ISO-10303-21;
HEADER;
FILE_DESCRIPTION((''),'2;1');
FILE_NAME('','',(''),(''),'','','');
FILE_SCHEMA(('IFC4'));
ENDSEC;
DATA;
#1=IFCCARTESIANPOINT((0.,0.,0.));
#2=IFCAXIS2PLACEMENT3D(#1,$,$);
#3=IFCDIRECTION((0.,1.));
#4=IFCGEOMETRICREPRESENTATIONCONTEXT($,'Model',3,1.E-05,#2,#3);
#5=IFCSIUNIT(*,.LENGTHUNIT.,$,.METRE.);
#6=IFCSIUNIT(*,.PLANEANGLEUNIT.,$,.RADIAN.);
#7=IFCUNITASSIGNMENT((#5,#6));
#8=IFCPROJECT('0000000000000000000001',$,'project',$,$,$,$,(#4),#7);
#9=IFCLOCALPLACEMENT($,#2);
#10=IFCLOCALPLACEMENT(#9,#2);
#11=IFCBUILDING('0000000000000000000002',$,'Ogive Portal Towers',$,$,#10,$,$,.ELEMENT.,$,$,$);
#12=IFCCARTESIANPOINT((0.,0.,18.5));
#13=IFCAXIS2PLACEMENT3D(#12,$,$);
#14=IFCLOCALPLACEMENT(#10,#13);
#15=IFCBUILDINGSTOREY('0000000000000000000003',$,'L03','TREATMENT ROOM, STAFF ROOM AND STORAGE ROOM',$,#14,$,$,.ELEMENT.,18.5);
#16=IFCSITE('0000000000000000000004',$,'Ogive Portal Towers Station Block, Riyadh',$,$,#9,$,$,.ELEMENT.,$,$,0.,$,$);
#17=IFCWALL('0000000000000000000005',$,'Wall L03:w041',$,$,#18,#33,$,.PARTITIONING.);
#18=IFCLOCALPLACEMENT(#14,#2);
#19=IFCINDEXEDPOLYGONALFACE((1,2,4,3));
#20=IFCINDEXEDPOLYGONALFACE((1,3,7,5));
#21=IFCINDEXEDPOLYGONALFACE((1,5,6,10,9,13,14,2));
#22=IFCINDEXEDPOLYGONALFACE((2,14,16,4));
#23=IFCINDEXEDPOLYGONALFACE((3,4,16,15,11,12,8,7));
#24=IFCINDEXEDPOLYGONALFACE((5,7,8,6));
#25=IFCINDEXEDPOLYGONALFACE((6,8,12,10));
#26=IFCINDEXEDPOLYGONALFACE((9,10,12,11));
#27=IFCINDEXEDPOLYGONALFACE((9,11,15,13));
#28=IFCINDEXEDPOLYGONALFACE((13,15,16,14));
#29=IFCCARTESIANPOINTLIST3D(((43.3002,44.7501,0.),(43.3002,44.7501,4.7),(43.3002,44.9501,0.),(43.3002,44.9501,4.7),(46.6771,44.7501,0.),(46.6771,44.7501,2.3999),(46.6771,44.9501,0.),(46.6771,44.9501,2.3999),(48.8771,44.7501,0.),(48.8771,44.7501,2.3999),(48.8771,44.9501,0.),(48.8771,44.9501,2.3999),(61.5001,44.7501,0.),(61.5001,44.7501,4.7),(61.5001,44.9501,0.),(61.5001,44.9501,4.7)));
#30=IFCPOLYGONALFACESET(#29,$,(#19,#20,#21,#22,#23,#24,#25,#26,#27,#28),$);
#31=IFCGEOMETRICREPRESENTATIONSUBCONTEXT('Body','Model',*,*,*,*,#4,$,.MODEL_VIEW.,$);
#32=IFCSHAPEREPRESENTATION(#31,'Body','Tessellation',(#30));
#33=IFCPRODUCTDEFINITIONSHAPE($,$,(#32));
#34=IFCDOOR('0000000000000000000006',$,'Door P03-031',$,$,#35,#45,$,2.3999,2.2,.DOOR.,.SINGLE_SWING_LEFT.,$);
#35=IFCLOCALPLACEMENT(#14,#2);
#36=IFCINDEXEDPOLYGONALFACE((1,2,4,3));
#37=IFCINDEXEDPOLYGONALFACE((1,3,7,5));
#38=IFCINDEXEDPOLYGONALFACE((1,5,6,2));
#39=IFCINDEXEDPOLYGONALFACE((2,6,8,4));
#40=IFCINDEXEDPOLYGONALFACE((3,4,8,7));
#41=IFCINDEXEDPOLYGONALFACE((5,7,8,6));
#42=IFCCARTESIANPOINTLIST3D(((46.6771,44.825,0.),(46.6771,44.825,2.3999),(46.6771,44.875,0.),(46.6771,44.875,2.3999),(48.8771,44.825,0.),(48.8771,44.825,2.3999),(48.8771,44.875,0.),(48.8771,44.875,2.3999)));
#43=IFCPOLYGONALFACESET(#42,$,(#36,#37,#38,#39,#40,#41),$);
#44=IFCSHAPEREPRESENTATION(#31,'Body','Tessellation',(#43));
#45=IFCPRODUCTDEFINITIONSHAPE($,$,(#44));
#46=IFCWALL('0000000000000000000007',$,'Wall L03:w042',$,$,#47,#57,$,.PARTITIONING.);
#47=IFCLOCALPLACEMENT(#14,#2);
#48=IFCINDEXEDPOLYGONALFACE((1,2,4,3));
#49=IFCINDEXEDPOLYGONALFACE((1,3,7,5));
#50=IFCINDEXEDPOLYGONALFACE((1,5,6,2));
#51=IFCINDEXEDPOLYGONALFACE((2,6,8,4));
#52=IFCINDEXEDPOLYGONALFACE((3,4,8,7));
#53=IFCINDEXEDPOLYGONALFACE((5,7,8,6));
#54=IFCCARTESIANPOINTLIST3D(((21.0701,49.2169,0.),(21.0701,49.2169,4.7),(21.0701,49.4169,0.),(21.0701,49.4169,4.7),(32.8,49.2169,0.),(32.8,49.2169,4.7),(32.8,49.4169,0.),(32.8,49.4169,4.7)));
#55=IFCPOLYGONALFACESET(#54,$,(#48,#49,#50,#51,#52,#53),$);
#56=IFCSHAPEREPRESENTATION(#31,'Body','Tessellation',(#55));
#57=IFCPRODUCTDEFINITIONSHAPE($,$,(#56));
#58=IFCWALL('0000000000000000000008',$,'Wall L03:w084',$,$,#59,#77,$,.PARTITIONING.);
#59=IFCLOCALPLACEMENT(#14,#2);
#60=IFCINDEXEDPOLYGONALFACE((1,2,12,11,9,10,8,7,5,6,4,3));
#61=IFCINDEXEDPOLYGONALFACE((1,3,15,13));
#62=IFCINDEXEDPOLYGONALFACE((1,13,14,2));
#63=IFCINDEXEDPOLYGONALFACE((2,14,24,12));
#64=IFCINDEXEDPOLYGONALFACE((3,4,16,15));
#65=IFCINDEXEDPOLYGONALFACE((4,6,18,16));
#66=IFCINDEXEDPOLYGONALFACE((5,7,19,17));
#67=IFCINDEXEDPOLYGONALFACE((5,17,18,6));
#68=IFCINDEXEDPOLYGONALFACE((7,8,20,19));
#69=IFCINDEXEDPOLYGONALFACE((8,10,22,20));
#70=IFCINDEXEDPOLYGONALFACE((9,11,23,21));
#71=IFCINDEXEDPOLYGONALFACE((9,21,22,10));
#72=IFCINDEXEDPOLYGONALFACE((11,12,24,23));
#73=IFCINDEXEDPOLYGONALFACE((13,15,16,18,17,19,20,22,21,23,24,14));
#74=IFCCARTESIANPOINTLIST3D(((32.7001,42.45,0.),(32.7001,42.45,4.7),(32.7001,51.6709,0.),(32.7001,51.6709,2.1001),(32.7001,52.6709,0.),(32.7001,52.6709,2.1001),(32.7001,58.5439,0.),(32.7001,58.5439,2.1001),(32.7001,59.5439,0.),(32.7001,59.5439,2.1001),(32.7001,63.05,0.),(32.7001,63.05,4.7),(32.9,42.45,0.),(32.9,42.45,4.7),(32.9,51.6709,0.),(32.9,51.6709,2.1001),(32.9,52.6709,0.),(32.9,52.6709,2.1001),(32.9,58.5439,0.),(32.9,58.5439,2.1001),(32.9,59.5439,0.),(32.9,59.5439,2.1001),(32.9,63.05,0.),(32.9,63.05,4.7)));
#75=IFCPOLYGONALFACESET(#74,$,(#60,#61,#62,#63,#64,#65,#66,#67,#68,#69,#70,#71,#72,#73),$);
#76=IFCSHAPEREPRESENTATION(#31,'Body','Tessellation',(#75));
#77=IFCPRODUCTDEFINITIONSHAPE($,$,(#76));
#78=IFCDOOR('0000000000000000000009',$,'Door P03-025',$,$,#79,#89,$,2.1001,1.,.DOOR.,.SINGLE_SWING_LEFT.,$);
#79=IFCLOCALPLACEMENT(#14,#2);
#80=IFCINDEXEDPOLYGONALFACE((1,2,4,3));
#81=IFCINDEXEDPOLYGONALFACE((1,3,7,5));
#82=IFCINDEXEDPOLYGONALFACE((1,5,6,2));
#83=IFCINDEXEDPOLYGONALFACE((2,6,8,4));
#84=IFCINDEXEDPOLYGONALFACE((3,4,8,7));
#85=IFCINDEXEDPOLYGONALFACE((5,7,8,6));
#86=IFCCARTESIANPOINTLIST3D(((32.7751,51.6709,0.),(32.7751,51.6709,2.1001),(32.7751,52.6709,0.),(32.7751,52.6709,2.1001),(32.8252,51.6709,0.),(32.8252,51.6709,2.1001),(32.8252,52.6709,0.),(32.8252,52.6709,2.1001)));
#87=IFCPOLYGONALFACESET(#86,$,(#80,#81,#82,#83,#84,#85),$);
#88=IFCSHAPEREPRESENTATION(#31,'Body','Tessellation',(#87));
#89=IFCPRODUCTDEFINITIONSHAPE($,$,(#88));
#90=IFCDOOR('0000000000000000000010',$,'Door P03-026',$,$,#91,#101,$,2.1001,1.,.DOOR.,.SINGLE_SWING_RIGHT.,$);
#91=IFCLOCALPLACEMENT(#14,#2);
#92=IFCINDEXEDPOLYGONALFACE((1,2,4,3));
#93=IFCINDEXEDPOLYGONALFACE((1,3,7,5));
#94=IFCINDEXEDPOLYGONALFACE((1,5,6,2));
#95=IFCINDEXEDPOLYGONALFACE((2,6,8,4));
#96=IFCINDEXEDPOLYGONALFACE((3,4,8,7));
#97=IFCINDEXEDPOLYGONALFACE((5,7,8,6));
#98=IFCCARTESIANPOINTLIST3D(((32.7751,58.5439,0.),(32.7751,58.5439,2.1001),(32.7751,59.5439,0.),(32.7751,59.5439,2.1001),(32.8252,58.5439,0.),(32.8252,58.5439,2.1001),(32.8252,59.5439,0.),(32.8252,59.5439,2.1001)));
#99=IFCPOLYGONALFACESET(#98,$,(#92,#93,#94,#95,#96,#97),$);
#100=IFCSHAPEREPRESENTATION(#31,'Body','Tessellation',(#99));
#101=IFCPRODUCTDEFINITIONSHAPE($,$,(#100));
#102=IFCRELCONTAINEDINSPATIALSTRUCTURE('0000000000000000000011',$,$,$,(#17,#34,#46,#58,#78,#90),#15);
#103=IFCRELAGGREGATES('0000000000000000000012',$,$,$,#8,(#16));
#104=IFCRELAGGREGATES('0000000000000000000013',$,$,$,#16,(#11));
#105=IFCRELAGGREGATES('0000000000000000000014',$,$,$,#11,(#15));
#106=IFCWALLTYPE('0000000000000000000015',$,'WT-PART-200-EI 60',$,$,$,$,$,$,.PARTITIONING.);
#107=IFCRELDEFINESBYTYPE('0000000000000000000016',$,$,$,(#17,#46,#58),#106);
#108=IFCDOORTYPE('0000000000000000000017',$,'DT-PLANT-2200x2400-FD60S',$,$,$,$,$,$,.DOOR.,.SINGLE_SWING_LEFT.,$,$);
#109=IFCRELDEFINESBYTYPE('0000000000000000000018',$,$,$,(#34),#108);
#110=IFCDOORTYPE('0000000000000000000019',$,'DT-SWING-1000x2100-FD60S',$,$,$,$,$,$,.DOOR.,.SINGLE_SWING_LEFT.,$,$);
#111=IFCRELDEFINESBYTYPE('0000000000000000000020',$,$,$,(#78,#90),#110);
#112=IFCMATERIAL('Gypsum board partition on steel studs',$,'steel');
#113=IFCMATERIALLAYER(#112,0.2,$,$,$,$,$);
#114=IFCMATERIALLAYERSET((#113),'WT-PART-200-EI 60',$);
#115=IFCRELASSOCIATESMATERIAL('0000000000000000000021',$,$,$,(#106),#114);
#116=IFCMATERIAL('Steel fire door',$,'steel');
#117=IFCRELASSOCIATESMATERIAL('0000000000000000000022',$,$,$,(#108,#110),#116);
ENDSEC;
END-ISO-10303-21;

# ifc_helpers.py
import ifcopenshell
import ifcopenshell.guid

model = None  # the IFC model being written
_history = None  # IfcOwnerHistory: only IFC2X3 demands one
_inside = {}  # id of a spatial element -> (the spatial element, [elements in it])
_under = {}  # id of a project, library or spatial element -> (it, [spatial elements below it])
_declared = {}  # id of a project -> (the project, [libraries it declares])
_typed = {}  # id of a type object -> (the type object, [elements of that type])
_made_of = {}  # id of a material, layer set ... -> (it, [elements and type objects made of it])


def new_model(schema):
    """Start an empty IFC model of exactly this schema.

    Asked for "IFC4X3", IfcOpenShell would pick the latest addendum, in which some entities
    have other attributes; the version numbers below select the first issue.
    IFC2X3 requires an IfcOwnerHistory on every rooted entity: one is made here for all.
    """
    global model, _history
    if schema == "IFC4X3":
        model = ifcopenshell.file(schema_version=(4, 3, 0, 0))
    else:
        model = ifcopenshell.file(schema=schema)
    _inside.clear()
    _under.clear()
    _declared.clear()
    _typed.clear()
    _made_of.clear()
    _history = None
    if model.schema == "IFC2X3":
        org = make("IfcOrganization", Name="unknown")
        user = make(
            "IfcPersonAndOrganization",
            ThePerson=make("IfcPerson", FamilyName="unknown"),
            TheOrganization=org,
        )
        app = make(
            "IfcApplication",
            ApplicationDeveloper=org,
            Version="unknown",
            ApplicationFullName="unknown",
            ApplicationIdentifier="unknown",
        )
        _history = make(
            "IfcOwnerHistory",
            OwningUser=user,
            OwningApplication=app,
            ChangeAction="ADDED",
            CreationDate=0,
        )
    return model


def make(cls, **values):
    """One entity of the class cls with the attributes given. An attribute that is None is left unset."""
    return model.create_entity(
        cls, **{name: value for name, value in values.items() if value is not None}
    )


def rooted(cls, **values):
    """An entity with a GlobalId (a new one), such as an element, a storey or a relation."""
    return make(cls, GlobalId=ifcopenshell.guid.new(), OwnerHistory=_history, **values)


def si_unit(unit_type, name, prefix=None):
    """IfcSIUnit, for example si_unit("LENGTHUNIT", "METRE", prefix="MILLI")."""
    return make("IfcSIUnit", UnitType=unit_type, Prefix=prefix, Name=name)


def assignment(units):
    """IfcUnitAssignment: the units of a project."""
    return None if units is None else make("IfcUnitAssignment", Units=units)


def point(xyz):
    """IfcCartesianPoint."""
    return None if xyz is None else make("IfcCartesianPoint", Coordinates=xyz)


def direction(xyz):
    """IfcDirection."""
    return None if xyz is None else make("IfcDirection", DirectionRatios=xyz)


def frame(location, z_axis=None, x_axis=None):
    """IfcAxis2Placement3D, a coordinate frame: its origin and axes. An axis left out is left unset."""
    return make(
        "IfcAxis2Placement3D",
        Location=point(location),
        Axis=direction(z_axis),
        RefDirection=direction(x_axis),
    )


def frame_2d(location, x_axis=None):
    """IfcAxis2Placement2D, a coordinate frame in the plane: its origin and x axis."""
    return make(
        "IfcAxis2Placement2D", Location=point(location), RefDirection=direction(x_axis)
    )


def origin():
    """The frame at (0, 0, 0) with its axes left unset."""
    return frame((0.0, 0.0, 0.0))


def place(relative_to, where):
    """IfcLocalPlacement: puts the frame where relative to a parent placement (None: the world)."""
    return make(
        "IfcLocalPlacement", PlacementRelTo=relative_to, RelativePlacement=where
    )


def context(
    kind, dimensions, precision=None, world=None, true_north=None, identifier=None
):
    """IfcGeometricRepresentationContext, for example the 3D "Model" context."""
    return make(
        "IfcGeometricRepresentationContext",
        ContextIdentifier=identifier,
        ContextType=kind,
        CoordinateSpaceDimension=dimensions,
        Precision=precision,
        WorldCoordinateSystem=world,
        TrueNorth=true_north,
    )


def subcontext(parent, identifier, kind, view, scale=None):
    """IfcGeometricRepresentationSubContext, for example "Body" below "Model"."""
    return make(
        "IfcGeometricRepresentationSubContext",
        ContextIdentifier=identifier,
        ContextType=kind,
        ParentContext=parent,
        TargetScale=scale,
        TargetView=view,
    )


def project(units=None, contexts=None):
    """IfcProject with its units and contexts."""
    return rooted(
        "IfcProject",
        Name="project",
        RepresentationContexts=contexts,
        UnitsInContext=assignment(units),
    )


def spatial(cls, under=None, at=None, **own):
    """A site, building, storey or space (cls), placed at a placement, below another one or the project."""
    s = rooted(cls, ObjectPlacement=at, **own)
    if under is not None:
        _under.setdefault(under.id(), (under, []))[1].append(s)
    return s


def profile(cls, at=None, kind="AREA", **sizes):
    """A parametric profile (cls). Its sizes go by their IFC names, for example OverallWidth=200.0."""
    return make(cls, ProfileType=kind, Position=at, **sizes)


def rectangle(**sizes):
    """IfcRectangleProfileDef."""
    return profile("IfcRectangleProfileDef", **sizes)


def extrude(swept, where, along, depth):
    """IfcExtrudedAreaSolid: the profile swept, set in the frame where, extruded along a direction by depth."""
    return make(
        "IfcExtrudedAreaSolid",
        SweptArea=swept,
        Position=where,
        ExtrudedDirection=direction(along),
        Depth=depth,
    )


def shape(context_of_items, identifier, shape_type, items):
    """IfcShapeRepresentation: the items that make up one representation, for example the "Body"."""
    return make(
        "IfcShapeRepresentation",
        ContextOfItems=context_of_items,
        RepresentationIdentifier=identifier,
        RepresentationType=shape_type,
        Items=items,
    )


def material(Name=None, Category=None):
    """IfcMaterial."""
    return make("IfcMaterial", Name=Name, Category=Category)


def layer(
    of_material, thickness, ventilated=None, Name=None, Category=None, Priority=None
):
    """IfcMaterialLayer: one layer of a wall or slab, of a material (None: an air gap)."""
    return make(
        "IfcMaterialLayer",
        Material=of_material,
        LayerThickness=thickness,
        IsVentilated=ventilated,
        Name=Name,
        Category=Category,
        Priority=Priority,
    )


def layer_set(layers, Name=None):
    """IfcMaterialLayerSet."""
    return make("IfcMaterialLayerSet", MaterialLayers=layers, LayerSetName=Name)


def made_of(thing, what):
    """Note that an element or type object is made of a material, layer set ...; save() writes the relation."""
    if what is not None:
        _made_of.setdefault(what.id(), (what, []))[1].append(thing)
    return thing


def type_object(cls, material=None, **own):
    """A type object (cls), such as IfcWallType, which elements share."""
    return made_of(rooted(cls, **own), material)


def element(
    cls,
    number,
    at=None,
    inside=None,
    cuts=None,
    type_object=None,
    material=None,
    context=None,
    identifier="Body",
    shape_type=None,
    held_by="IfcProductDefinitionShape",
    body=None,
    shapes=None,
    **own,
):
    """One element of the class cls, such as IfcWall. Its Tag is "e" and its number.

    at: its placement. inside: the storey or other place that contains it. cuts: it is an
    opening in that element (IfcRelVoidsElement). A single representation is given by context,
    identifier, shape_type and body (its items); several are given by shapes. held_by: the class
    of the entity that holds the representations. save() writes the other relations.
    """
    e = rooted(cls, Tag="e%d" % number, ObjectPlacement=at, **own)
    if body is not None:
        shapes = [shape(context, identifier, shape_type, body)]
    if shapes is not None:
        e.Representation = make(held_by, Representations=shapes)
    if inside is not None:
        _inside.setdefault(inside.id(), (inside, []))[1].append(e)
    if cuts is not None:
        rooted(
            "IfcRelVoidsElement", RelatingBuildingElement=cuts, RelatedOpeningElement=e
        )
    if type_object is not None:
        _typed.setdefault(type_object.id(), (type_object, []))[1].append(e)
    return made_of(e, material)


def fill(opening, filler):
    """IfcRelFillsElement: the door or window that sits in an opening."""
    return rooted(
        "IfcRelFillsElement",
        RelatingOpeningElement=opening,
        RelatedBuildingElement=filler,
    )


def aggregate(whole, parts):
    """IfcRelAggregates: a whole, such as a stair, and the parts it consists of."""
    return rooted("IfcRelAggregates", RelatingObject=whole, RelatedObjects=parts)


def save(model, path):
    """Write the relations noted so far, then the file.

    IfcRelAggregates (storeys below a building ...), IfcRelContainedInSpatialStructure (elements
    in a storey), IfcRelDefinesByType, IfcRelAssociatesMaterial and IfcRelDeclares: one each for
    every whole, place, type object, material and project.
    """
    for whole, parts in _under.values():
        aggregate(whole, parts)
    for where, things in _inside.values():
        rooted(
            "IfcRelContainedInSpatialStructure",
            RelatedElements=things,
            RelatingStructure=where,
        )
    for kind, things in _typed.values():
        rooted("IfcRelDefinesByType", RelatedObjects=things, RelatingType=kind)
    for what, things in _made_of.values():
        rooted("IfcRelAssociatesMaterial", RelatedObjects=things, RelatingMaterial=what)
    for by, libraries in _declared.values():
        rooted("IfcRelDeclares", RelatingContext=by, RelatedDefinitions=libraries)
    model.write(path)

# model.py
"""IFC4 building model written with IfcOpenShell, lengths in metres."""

from ifc_helpers import new_model, si_unit, direction, frame, frame_2d, origin, place, context, subcontext, project, spatial, rectangle, extrude, material, layer, layer_set, type_object, element, fill, save


model = new_model("IFC4")

# Units and contexts
model_context = context("Model", 3, precision=1e-05, world=origin(), true_north=direction((0.0, 1.0)))
body_context = subcontext(model_context, "Body", "Model", "MODEL_VIEW")
ifc_project = project(units=[si_unit("LENGTHUNIT", "METRE"), si_unit("PLANEANGLEUNIT", "RADIAN")], contexts=[model_context])

# Site, building, storey
site_placement = place(None, origin())
site = spatial("IfcSite", under=ifc_project, at=site_placement, Name="Ogive Portal Towers Station Block, Riyadh", CompositionType="ELEMENT", RefElevation=0.0)
building_placement = place(site_placement, origin())
building = spatial("IfcBuilding", under=site, at=building_placement, Name="Ogive Portal Towers", CompositionType="ELEMENT")
storey_placement = place(building_placement, frame((0.0, 0.0, 18.5)))
storey = spatial("IfcBuildingStorey", under=building, at=storey_placement, Name="L03", Description="TREATMENT ROOM, STAFF ROOM AND STORAGE ROOM", CompositionType="ELEMENT", Elevation=18.5)

# Shared definitions
ifc_material_1 = material(Name="Steel fire door", Category="steel")

# Wall, opening, door
ifc_material_2 = material(Name="Gypsum board partition on steel studs", Category="steel")
ifc_layer_1 = layer(ifc_material_2, 0.2)
ifc_layer_set_1 = layer_set([ifc_layer_1], Name="WT-PART-200-EI 60")
wall_type_1 = type_object("IfcWallType", Name="WT-PART-200-EI 60", PredefinedType="PARTITIONING", material=ifc_layer_set_1)
wall_1_placement = place(storey_placement, frame((43.3, 44.8501, 0.0), z_axis=(0.0, 0.0, 1.0), x_axis=(1.0, 0.0, 0.0)))
wall_1 = element("IfcWall", 1, at=wall_1_placement, inside=storey, type_object=wall_type_1, Name="Wall L03:w041", PredefinedType="PARTITIONING", context=body_context, shape_type="SweptSolid", body=[
    extrude(rectangle(XDim=18.2, YDim=0.2, at=frame_2d((9.1001, 0.0))), origin(), (0.0, 0.0, 1.0), 4.7),
])
opening_1_placement = place(wall_1_placement, frame((3.377, 0.0, 0.0)))
opening_1 = element("IfcOpeningElement", 2, at=opening_1_placement, cuts=wall_1, PredefinedType="OPENING", context=body_context, shape_type="SweptSolid", body=[
    extrude(rectangle(XDim=2.2, YDim=2.3999, at=frame_2d((1.1001, 1.2))), frame((0.0, 0.1099, 0.0), z_axis=(0.0, -1.0, 0.0), x_axis=(1.0, 0.0, 0.0)), (0.0, 0.0, 1.0), 0.22),
])
door_type_1 = type_object("IfcDoorType", Name="DT-PLANT-2200x2400-FD60S", OperationType="SINGLE_SWING_LEFT", PredefinedType="DOOR", material=ifc_material_1)
door_1_placement = place(opening_1_placement, origin())
door_1 = element("IfcDoor", 3, at=door_1_placement, inside=storey, type_object=door_type_1, Name="Door P03-031", OperationType="SINGLE_SWING_LEFT", OverallHeight=2.3999, OverallWidth=2.2, PredefinedType="DOOR", context=body_context, shape_type="SweptSolid", body=[
    extrude(rectangle(XDim=2.2, YDim=2.3999, at=frame_2d((1.1001, 1.2))), frame((0.0, 0.0249, 0.0), z_axis=(0.0, -1.0, 0.0), x_axis=(1.0, 0.0, 0.0)), (0.0, 0.0, 1.0), 0.05),
])
fill(opening_1, door_1)

# Wall
wall_2_placement = place(storey_placement, frame((21.0701, 49.3169, 0.0), z_axis=(0.0, 0.0, 1.0), x_axis=(1.0, 0.0, 0.0)))
element("IfcWall", 4, at=wall_2_placement, inside=storey, type_object=wall_type_1, Name="Wall L03:w042", PredefinedType="PARTITIONING", context=body_context, shape_type="SweptSolid", body=[
    extrude(rectangle(XDim=11.73, YDim=0.2, at=frame_2d((5.865, 0.0))), origin(), (0.0, 0.0, 1.0), 4.7),
])

# Wall, openings, doors
wall_3_placement = place(storey_placement, frame((32.8, 42.45, 0.0), z_axis=(0.0, 0.0, 1.0), x_axis=(0.0, 1.0, 0.0)))
wall_3 = element("IfcWall", 5, at=wall_3_placement, inside=storey, type_object=wall_type_1, Name="Wall L03:w084", PredefinedType="PARTITIONING", context=body_context, shape_type="SweptSolid", body=[
    extrude(rectangle(XDim=20.6001, YDim=0.2, at=frame_2d((10.3, 0.0))), origin(), (0.0, 0.0, 1.0), 4.7),
])
opening_2_placement = place(wall_3_placement, frame((9.2209, 0.0, 0.0)))
opening_2 = element("IfcOpeningElement", 6, at=opening_2_placement, cuts=wall_3, PredefinedType="OPENING", context=body_context, shape_type="SweptSolid", body=[
    extrude(rectangle(XDim=1.0, YDim=2.1001, at=frame_2d((0.5, 1.05))), frame((0.0, 0.1099, 0.0), z_axis=(0.0, -1.0, 0.0), x_axis=(1.0, 0.0, 0.0)), (0.0, 0.0, 1.0), 0.22),
])
opening_3_placement = place(wall_3_placement, frame((16.094, 0.0, 0.0)))
opening_3 = element("IfcOpeningElement", 7, at=opening_3_placement, cuts=wall_3, PredefinedType="OPENING", context=body_context, shape_type="SweptSolid", body=[
    extrude(rectangle(XDim=1.0, YDim=2.1001, at=frame_2d((0.5, 1.05))), frame((0.0, 0.1099, 0.0), z_axis=(0.0, -1.0, 0.0), x_axis=(1.0, 0.0, 0.0)), (0.0, 0.0, 1.0), 0.22),
])
door_type_2 = type_object("IfcDoorType", Name="DT-SWING-1000x2100-FD60S", OperationType="SINGLE_SWING_LEFT", PredefinedType="DOOR", material=ifc_material_1)
door_2_placement = place(opening_2_placement, origin())
door_2 = element("IfcDoor", 8, at=door_2_placement, inside=storey, type_object=door_type_2, Name="Door P03-025", OperationType="SINGLE_SWING_LEFT", OverallHeight=2.1001, OverallWidth=1.0, PredefinedType="DOOR", context=body_context, shape_type="SweptSolid", body=[
    extrude(rectangle(XDim=1.0, YDim=2.1001, at=frame_2d((0.5, 1.05))), frame((0.0, 0.0249, 0.0), z_axis=(0.0, -1.0, 0.0), x_axis=(1.0, 0.0, 0.0)), (0.0, 0.0, 1.0), 0.05),
])
fill(opening_2, door_2)
door_3_placement = place(opening_3_placement, origin())
door_3 = element("IfcDoor", 9, at=door_3_placement, inside=storey, type_object=door_type_2, Name="Door P03-026", OperationType="SINGLE_SWING_RIGHT", OverallHeight=2.1001, OverallWidth=1.0, PredefinedType="DOOR", context=body_context, shape_type="SweptSolid", body=[
    extrude(rectangle(XDim=1.0, YDim=2.1001, at=frame_2d((0.5, 1.05))), frame((0.0, 0.0249, 0.0), z_axis=(0.0, -1.0, 0.0), x_axis=(1.0, 0.0, 0.0)), (0.0, 0.0, 1.0), 0.05),
])
fill(opening_3, door_3)

save(model, "model.ifc")
